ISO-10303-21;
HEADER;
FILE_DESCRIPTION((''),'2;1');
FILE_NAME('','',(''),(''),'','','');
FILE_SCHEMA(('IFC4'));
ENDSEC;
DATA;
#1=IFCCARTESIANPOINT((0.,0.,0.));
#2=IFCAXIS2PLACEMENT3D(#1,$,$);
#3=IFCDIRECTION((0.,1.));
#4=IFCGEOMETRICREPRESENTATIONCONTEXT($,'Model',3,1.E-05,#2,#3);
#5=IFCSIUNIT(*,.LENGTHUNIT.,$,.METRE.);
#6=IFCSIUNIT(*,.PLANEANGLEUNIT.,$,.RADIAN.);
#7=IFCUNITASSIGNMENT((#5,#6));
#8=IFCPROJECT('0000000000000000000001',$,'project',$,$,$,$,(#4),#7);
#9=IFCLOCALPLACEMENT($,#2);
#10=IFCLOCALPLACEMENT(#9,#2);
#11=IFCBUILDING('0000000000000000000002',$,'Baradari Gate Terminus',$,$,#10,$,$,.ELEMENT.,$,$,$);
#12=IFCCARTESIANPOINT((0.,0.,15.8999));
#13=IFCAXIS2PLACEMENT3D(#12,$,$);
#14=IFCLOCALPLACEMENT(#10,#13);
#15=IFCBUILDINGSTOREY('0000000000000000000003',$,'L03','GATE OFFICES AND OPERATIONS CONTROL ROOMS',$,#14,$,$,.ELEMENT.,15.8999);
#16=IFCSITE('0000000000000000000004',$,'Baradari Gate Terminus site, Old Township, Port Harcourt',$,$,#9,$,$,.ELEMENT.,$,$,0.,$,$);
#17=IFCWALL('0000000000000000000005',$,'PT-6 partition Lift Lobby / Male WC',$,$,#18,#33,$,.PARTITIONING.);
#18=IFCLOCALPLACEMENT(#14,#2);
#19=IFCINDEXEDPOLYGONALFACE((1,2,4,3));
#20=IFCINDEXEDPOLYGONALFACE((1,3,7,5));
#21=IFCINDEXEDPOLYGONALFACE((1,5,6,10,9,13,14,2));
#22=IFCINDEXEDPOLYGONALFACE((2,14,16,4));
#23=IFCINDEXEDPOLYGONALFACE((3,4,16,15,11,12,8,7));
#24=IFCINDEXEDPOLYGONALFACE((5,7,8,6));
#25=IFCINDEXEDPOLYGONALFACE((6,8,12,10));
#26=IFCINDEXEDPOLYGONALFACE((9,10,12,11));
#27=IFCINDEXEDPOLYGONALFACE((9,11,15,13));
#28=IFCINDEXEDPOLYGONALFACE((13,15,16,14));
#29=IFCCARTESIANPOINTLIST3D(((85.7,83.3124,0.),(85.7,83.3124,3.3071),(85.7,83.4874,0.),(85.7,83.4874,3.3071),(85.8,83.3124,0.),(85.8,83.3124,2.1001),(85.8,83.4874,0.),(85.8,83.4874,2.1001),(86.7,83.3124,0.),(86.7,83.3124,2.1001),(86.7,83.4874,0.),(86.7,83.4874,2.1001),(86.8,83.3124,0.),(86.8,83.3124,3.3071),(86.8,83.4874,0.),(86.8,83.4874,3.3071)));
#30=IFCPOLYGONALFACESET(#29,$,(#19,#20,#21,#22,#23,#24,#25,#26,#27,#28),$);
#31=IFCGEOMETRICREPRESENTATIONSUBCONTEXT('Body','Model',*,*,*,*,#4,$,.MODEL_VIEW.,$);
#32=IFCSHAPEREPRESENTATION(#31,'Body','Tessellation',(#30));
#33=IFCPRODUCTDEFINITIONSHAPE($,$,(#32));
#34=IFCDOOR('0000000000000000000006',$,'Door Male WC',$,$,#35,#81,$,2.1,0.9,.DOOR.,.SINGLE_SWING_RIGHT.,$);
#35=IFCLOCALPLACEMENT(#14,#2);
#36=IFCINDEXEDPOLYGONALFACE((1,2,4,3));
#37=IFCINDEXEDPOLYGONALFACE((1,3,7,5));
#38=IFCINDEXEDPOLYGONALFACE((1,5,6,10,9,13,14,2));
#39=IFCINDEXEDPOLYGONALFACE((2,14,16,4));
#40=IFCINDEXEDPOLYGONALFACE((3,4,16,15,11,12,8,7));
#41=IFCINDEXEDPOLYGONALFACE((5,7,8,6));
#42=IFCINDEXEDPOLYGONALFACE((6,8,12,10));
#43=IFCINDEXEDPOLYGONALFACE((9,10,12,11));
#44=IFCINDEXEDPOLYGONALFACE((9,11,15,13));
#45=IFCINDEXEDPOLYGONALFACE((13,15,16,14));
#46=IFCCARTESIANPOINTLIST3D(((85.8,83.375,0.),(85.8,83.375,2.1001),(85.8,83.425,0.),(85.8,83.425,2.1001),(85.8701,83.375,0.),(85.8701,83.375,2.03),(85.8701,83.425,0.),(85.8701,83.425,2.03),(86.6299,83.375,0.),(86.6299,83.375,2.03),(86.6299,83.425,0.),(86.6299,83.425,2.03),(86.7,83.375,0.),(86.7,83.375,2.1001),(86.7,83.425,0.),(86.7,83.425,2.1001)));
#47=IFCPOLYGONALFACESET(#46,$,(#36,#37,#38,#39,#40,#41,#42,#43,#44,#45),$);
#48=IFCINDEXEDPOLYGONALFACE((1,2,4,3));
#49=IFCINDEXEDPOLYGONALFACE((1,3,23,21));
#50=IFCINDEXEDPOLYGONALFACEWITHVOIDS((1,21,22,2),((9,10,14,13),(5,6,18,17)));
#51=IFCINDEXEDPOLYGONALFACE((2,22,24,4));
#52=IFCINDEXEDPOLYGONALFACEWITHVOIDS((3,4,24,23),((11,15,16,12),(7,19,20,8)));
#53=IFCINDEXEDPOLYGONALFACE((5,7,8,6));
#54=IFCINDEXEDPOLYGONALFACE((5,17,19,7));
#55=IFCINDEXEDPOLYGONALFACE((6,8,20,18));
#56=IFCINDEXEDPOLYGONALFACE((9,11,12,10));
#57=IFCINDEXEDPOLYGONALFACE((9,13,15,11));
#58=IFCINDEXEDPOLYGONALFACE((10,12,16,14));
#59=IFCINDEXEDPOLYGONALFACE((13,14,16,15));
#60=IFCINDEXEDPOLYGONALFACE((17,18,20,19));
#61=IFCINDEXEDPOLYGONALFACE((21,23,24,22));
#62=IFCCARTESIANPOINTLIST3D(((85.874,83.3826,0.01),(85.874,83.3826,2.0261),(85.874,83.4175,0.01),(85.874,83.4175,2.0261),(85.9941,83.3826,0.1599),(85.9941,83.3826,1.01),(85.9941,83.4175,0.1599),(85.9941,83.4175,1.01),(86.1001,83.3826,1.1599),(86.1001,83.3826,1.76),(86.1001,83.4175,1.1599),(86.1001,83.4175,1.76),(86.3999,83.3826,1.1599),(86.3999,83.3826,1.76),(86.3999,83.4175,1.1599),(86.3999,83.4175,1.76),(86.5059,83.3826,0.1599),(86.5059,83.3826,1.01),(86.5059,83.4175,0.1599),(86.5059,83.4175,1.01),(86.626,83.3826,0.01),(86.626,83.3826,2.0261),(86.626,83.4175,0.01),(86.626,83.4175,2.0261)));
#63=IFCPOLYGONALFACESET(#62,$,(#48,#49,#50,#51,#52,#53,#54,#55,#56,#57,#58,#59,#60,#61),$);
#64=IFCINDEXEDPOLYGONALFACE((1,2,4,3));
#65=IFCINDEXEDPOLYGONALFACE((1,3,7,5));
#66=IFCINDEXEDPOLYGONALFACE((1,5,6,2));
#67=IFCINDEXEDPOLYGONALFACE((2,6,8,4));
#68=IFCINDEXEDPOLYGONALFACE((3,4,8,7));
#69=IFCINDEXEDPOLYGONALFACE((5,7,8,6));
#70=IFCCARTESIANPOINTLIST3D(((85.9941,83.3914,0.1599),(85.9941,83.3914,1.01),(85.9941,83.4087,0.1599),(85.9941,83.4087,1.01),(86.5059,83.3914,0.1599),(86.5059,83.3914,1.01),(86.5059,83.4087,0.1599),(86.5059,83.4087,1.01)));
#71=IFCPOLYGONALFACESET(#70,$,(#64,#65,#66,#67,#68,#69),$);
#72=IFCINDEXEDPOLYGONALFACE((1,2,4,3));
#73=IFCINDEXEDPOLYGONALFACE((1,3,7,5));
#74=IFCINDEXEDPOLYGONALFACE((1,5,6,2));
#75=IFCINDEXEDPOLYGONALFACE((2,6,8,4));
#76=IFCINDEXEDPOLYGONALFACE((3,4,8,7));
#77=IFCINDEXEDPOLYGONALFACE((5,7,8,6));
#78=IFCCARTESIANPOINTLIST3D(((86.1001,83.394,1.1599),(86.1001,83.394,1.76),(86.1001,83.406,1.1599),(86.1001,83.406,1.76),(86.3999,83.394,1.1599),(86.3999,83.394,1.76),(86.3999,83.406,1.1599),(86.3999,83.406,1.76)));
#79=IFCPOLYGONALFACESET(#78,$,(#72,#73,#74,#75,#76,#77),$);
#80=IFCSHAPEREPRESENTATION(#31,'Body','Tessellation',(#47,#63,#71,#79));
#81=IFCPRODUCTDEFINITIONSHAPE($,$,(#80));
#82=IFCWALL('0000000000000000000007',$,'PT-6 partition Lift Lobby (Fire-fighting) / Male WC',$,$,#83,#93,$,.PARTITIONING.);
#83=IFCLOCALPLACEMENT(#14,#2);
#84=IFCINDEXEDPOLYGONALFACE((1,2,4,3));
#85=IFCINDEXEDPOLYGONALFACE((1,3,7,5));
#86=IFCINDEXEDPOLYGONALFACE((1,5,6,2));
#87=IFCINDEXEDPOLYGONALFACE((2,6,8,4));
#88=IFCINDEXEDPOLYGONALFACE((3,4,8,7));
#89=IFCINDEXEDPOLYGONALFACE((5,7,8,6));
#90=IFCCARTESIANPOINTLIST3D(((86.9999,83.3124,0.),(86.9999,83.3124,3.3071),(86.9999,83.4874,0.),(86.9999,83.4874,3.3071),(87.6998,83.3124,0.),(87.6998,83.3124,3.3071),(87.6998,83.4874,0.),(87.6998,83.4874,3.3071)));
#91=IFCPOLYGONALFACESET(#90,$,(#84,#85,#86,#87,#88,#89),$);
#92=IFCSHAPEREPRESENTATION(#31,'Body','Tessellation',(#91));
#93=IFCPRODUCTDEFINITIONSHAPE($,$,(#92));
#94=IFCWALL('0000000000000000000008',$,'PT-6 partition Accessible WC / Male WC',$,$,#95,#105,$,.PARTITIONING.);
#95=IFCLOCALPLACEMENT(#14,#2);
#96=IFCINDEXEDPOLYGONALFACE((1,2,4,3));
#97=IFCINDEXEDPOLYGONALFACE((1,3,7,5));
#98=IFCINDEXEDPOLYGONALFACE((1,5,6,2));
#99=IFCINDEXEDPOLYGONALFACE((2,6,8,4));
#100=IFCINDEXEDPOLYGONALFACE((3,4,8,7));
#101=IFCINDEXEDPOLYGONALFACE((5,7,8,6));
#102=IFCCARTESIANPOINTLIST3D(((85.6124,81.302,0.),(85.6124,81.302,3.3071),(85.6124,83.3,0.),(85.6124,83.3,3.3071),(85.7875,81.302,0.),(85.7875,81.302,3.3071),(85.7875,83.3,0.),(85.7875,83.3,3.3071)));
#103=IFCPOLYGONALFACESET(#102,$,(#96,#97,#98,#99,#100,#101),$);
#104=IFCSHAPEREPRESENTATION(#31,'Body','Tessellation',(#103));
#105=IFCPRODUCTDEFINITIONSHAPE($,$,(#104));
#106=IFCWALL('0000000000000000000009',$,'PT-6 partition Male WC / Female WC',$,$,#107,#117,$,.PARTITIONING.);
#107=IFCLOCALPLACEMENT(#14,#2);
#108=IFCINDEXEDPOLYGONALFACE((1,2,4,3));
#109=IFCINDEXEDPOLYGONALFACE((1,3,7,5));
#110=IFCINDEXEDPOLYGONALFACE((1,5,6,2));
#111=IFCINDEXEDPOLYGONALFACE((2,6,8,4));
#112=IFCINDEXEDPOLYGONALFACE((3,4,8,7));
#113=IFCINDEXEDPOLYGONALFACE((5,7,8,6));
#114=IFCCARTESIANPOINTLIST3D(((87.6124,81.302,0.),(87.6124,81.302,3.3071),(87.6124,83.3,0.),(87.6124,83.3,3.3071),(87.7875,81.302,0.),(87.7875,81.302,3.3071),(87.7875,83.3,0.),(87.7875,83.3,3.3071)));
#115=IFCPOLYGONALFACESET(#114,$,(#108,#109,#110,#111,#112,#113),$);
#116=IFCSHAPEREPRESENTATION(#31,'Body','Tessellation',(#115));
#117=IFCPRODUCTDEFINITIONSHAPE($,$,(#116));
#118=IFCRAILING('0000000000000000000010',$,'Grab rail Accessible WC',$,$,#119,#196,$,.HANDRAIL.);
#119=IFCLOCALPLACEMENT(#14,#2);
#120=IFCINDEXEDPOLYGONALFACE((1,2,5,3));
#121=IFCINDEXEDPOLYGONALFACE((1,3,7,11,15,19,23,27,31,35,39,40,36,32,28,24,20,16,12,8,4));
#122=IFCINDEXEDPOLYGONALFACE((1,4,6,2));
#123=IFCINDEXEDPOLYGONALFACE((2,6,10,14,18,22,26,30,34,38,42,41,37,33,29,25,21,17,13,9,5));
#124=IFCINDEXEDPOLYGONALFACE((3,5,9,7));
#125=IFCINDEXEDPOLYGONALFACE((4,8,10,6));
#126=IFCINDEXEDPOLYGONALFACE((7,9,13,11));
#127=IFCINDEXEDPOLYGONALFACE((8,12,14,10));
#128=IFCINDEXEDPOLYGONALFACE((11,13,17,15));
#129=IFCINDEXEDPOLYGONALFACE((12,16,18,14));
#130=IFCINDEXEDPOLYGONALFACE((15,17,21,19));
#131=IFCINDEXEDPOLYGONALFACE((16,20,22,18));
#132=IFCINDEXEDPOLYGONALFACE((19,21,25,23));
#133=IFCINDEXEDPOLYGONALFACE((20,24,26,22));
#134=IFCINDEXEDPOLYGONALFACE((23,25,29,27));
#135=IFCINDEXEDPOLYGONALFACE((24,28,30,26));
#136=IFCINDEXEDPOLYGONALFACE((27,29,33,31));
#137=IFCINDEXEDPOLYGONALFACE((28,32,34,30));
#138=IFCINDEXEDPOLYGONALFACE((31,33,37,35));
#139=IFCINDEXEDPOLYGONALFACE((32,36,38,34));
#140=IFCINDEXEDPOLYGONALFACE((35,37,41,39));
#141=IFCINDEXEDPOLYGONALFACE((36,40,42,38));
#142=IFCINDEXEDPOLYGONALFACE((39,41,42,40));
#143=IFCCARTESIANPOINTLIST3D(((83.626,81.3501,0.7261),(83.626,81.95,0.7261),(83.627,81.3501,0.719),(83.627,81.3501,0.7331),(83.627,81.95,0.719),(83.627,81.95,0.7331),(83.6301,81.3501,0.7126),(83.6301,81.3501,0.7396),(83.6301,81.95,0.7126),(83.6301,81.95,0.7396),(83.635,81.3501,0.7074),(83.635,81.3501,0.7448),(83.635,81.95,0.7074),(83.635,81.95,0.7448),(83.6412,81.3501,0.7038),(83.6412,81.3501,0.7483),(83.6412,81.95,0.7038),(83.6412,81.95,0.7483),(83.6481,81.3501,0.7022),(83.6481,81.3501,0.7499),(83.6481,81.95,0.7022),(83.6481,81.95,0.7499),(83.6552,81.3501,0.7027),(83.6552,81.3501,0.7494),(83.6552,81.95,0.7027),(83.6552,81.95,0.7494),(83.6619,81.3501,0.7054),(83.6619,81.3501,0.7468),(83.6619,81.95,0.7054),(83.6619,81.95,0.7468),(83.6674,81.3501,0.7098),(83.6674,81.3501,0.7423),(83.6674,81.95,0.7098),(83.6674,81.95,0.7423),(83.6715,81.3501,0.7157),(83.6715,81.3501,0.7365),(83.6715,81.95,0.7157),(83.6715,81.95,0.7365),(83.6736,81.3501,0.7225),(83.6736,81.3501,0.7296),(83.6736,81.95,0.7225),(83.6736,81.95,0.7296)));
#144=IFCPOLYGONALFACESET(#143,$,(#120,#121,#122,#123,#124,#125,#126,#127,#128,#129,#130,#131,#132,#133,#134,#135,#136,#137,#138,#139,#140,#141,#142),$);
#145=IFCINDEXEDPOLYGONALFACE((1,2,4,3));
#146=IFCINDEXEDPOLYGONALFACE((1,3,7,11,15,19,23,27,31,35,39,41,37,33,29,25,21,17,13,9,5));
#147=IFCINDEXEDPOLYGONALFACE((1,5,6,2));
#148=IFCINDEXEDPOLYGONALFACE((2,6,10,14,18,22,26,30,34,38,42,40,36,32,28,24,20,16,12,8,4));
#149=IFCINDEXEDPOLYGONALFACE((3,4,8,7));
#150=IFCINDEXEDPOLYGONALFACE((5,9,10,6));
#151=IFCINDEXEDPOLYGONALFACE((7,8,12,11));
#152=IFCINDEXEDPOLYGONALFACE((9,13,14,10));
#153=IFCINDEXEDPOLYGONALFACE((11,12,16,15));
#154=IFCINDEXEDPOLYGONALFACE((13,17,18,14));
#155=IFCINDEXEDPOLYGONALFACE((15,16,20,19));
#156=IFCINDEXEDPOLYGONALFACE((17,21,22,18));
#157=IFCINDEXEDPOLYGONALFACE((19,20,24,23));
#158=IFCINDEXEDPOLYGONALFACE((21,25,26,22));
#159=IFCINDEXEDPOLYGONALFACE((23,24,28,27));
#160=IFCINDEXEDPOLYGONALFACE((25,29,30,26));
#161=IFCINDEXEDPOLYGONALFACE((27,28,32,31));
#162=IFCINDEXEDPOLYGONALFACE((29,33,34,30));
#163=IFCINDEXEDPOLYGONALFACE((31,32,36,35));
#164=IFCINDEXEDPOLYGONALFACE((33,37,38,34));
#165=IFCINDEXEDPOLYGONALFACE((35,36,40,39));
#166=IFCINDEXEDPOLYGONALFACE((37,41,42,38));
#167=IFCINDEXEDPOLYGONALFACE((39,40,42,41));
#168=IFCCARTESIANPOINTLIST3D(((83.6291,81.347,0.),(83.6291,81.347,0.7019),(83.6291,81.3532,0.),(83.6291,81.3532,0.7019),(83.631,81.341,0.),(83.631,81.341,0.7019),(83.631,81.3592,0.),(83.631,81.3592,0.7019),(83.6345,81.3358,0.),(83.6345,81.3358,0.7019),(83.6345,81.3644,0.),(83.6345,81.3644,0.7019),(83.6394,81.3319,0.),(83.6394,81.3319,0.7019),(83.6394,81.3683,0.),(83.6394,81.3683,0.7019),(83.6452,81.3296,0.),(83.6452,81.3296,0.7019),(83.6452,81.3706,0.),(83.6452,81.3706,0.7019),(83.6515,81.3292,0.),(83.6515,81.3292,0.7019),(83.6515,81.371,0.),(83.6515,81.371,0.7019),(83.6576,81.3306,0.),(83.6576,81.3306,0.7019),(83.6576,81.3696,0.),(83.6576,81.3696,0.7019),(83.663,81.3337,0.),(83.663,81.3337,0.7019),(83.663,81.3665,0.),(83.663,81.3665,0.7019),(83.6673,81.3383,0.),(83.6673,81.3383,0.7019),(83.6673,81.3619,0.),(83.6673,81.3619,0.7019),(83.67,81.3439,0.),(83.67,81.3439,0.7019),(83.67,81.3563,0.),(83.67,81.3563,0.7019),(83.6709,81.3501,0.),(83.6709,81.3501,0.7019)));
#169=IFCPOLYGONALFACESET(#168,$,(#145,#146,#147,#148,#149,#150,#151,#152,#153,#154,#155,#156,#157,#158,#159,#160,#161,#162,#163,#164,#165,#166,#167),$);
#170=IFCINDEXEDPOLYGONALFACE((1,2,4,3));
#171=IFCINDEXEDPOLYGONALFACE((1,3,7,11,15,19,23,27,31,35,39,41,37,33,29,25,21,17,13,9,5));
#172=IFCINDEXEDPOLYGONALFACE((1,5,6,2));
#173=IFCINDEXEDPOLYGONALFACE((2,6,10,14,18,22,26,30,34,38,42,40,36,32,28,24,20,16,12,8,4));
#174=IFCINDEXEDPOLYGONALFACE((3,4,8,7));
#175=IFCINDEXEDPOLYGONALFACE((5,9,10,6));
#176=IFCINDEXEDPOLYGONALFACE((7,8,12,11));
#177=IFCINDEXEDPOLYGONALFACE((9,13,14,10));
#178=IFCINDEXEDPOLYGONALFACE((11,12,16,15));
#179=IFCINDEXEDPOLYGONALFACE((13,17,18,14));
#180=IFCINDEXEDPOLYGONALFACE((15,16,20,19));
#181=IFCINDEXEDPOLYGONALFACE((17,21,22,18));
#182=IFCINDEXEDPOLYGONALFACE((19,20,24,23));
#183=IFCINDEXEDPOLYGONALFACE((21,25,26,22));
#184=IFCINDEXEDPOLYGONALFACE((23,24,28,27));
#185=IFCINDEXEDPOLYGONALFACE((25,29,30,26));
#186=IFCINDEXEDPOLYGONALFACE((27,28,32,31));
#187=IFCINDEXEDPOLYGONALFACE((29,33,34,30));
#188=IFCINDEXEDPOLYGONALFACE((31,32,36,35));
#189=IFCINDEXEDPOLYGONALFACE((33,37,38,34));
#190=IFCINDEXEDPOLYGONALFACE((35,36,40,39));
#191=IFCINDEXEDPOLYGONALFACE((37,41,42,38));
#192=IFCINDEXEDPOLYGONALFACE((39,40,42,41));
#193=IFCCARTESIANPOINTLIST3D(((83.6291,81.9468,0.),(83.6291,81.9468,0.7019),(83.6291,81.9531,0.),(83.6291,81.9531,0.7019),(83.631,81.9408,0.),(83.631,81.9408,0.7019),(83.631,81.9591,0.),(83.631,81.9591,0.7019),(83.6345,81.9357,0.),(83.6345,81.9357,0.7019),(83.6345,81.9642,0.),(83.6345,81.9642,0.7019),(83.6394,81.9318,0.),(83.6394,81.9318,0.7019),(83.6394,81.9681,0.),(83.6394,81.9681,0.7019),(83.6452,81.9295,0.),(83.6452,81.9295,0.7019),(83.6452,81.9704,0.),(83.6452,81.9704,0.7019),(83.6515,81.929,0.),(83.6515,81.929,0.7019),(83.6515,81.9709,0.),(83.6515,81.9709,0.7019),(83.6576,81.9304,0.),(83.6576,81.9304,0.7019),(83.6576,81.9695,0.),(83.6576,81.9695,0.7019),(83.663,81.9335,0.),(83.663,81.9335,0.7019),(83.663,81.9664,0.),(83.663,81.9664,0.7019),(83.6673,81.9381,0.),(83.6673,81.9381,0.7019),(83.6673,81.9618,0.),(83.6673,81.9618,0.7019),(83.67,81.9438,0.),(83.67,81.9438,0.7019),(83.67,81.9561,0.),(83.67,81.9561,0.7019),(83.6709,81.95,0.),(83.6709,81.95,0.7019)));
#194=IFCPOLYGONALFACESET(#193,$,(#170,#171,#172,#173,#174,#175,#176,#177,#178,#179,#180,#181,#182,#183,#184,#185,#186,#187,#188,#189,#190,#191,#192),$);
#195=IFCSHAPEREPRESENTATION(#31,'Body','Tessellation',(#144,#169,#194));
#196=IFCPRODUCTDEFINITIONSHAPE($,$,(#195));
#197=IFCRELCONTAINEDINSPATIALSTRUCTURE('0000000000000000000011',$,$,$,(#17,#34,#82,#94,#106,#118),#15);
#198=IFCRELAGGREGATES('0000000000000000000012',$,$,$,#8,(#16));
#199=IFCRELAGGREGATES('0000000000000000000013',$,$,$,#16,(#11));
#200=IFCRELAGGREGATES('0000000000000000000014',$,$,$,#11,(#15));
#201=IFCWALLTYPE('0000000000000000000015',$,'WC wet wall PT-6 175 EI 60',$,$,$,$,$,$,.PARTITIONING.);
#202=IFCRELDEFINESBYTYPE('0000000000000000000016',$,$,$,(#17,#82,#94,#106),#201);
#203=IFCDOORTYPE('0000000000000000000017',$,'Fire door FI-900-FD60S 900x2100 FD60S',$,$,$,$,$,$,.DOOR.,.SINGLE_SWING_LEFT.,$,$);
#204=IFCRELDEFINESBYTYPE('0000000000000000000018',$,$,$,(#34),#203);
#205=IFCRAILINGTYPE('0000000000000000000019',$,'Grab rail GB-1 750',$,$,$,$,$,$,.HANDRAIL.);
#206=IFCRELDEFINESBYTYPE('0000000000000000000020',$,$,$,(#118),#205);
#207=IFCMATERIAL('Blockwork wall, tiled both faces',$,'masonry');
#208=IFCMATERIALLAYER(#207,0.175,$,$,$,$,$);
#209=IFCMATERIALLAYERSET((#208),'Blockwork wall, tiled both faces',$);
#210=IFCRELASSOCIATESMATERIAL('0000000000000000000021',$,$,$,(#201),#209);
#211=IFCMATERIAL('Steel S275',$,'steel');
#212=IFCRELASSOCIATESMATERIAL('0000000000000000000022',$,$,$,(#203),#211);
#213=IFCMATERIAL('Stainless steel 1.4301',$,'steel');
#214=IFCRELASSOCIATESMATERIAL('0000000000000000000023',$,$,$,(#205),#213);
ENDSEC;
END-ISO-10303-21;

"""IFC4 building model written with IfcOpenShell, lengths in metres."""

from ifc_helpers import new_model, si_unit, direction, frame, frame_2d, origin, origin_2d, place, context, subcontext, project, spatial, polyline, rectangle, circle, outline, extrude, material, layer, layer_set, type_object, element, fill, save


model = new_model("IFC4")

# Units and contexts
model_context = context("Model", 3, precision=1e-05, world=origin(), true_north=direction((0.0, 1.0)))
body_context = subcontext(model_context, "Body", "Model", "MODEL_VIEW")
ifc_project = project(units=[si_unit("LENGTHUNIT", "METRE"), si_unit("PLANEANGLEUNIT", "RADIAN")], contexts=[model_context])

# Site, building, storey
site_placement = place(None, origin())
site = spatial("IfcSite", under=ifc_project, at=site_placement, Name="Baradari Gate Terminus site, Old Township, Port Harcourt", CompositionType="ELEMENT", RefElevation=0.0)
building_placement = place(site_placement, origin())
building = spatial("IfcBuilding", under=site, at=building_placement, Name="Baradari Gate Terminus", CompositionType="ELEMENT")
storey_placement = place(building_placement, frame((0.0, 0.0, 15.8999)))
storey = spatial("IfcBuildingStorey", under=building, at=storey_placement, Name="L03", Description="GATE OFFICES AND OPERATIONS CONTROL ROOMS", CompositionType="ELEMENT", Elevation=15.8999)

# Shared definitions
ifc_material_1 = material(Name="Blockwork wall, tiled both faces", Category="masonry")
ifc_layer_1 = layer(ifc_material_1, 0.175)
ifc_layer_set_1 = layer_set([ifc_layer_1], Name="Blockwork wall, tiled both faces")
wall_type_1 = type_object("IfcWallType", Name="WC wet wall PT-6 175 EI 60", PredefinedType="PARTITIONING", material=ifc_layer_set_1)

# Wall, opening, door
wall_1_placement = place(storey_placement, frame((86.8, 83.3999, 0.0), z_axis=(0.0, 0.0, 1.0), x_axis=(-1.0, 0.0, 0.0)))
wall_1 = element("IfcWall", 1, at=wall_1_placement, inside=storey, type_object=wall_type_1, Name="PT-6 partition Lift Lobby / Male WC", PredefinedType="PARTITIONING", context=body_context, shape_type="SweptSolid", body=[
    extrude(rectangle(XDim=1.1001, YDim=0.175, at=frame_2d((0.55, 0.0))), origin(), (0.0, 0.0, 1.0), 3.3071),
])
opening_1_placement = place(wall_1_placement, frame((0.1001, 0.0, 0.0)))
opening_1 = element("IfcOpeningElement", 2, at=opening_1_placement, cuts=wall_1, PredefinedType="OPENING", context=body_context, shape_type="SweptSolid", body=[
    extrude(rectangle(XDim=0.8999, YDim=2.1001, at=frame_2d((0.45, 1.05))), frame((0.0, 0.0974, 0.0), z_axis=(0.0, -1.0, 0.0), x_axis=(1.0, 0.0, 0.0)), (0.0, 0.0, 1.0), 0.1951),
])
ifc_material_2 = material(Name="Steel S275", Category="steel")
door_type_1 = type_object("IfcDoorType", Name="Fire door FI-900-FD60S 900x2100 FD60S", OperationType="SINGLE_SWING_LEFT", PredefinedType="DOOR", material=ifc_material_2)
door_1_placement = place(opening_1_placement, origin())
door_1 = element("IfcDoor", 3, at=door_1_placement, inside=storey, type_object=door_type_1, Name="Door Male WC", OperationType="SINGLE_SWING_RIGHT", OverallHeight=2.1, OverallWidth=0.9, PredefinedType="DOOR", context=body_context, shape_type="SweptSolid", body=[
    extrude(outline(polyline([(0.0, 0.0), (0.0701, 0.0), (0.0701, 2.03), (0.8298, 2.03), (0.8298, 0.0), (0.8999, 0.0), (0.8999, 2.1001), (0.0, 2.1001), (0.0, 0.0)])), frame((0.0, 0.0249, 0.0), z_axis=(0.0, -1.0, 0.0), x_axis=(1.0, 0.0, 0.0)), (0.0, 0.0, 1.0), 0.05),
    extrude(outline(polyline([(0.074, 0.01), (0.8259, 0.01), (0.8259, 2.0261), (0.074, 2.0261), (0.074, 0.01)]), holes=[polyline([(0.1941, 0.1599), (0.7058, 0.1599), (0.7058, 1.01), (0.1941, 1.01), (0.1941, 0.1599)]), polyline([(0.3, 1.1599), (0.5999, 1.1599), (0.5999, 1.76), (0.3, 1.76), (0.3, 1.1599)])]), frame((0.0, 0.0173, 0.0), z_axis=(0.0, -1.0, 0.0), x_axis=(1.0, 0.0, 0.0)), (0.0, 0.0, 1.0), 0.0349),
    extrude(rectangle(XDim=0.5117, YDim=0.8501, at=frame_2d((0.45, 0.585))), frame((0.0, 0.0085, 0.0), z_axis=(0.0, -1.0, 0.0), x_axis=(1.0, 0.0, 0.0)), (0.0, 0.0, 1.0), 0.0173),
    extrude(rectangle(XDim=0.2998, YDim=0.6001, at=frame_2d((0.45, 1.46))), frame((0.0, 0.0059, 0.0), z_axis=(0.0, -1.0, 0.0), x_axis=(1.0, 0.0, 0.0)), (0.0, 0.0, 1.0), 0.012),
])
fill(opening_1, door_1)

# Walls
wall_2_placement = place(storey_placement, frame((87.7, 83.3999, 0.0), z_axis=(0.0, 0.0, 1.0), x_axis=(-1.0, 0.0, 0.0)))
element("IfcWall", 4, at=wall_2_placement, inside=storey, type_object=wall_type_1, Name="PT-6 partition Lift Lobby (Fire-fighting) / Male WC", PredefinedType="PARTITIONING", context=body_context, shape_type="SweptSolid", body=[
    extrude(rectangle(XDim=0.7, YDim=0.175, at=frame_2d((0.3501, 0.0))), origin(), (0.0, 0.0, 1.0), 3.3071),
])
for number, where, z_axis, x_axis, name in (
    (5, (85.7, 83.3, 0.0), (0.0, 0.0, 1.0), (0.0, -1.0, 0.0), "PT-6 partition Accessible WC / Male WC"),
    (6, (87.7, 83.3, 0.0), (0.0, 0.0, 1.0), (0.0, -1.0, 0.0), "PT-6 partition Male WC / Female WC"),
):
    element("IfcWall", number, at=place(storey_placement, frame(where, z_axis=z_axis, x_axis=x_axis)), inside=storey, type_object=wall_type_1, Name=name, PredefinedType="PARTITIONING", context=body_context, shape_type="SweptSolid", body=[
        extrude(rectangle(XDim=1.998, YDim=0.175, at=frame_2d((0.999, 0.0))), origin(), (0.0, 0.0, 1.0), 3.3071),
    ])

# Railing
ifc_material_3 = material(Name="Stainless steel 1.4301", Category="steel")
railing_type = type_object("IfcRailingType", Name="Grab rail GB-1 750", PredefinedType="HANDRAIL", material=ifc_material_3)
for number, where, name in (
    (7, (83.6499, 81.3501, 0.0), "Grab rail Accessible WC"),
):
    element("IfcRailing", number, at=place(storey_placement, frame(where)), inside=storey, type_object=railing_type, Name=name, PredefinedType="HANDRAIL", context=body_context, shape_type="SweptSolid", body=[
        extrude(circle(Radius=0.0239, at=origin_2d()), frame((0.0, 0.0, 0.7261), z_axis=(0.0, 1.0, 0.0), x_axis=(-1.0, 0.0, 0.0)), (0.0, 0.0, 1.0), 0.5999),
        extrude(circle(Radius=0.021, at=origin_2d()), origin(), (0.0, 0.0, 1.0), 0.7019),
        extrude(circle(Radius=0.021, at=origin_2d()), frame((0.0, 0.5999, 0.0)), (0.0, 0.0, 1.0), 0.7019),
    ])

save(model, "model.ifc")
